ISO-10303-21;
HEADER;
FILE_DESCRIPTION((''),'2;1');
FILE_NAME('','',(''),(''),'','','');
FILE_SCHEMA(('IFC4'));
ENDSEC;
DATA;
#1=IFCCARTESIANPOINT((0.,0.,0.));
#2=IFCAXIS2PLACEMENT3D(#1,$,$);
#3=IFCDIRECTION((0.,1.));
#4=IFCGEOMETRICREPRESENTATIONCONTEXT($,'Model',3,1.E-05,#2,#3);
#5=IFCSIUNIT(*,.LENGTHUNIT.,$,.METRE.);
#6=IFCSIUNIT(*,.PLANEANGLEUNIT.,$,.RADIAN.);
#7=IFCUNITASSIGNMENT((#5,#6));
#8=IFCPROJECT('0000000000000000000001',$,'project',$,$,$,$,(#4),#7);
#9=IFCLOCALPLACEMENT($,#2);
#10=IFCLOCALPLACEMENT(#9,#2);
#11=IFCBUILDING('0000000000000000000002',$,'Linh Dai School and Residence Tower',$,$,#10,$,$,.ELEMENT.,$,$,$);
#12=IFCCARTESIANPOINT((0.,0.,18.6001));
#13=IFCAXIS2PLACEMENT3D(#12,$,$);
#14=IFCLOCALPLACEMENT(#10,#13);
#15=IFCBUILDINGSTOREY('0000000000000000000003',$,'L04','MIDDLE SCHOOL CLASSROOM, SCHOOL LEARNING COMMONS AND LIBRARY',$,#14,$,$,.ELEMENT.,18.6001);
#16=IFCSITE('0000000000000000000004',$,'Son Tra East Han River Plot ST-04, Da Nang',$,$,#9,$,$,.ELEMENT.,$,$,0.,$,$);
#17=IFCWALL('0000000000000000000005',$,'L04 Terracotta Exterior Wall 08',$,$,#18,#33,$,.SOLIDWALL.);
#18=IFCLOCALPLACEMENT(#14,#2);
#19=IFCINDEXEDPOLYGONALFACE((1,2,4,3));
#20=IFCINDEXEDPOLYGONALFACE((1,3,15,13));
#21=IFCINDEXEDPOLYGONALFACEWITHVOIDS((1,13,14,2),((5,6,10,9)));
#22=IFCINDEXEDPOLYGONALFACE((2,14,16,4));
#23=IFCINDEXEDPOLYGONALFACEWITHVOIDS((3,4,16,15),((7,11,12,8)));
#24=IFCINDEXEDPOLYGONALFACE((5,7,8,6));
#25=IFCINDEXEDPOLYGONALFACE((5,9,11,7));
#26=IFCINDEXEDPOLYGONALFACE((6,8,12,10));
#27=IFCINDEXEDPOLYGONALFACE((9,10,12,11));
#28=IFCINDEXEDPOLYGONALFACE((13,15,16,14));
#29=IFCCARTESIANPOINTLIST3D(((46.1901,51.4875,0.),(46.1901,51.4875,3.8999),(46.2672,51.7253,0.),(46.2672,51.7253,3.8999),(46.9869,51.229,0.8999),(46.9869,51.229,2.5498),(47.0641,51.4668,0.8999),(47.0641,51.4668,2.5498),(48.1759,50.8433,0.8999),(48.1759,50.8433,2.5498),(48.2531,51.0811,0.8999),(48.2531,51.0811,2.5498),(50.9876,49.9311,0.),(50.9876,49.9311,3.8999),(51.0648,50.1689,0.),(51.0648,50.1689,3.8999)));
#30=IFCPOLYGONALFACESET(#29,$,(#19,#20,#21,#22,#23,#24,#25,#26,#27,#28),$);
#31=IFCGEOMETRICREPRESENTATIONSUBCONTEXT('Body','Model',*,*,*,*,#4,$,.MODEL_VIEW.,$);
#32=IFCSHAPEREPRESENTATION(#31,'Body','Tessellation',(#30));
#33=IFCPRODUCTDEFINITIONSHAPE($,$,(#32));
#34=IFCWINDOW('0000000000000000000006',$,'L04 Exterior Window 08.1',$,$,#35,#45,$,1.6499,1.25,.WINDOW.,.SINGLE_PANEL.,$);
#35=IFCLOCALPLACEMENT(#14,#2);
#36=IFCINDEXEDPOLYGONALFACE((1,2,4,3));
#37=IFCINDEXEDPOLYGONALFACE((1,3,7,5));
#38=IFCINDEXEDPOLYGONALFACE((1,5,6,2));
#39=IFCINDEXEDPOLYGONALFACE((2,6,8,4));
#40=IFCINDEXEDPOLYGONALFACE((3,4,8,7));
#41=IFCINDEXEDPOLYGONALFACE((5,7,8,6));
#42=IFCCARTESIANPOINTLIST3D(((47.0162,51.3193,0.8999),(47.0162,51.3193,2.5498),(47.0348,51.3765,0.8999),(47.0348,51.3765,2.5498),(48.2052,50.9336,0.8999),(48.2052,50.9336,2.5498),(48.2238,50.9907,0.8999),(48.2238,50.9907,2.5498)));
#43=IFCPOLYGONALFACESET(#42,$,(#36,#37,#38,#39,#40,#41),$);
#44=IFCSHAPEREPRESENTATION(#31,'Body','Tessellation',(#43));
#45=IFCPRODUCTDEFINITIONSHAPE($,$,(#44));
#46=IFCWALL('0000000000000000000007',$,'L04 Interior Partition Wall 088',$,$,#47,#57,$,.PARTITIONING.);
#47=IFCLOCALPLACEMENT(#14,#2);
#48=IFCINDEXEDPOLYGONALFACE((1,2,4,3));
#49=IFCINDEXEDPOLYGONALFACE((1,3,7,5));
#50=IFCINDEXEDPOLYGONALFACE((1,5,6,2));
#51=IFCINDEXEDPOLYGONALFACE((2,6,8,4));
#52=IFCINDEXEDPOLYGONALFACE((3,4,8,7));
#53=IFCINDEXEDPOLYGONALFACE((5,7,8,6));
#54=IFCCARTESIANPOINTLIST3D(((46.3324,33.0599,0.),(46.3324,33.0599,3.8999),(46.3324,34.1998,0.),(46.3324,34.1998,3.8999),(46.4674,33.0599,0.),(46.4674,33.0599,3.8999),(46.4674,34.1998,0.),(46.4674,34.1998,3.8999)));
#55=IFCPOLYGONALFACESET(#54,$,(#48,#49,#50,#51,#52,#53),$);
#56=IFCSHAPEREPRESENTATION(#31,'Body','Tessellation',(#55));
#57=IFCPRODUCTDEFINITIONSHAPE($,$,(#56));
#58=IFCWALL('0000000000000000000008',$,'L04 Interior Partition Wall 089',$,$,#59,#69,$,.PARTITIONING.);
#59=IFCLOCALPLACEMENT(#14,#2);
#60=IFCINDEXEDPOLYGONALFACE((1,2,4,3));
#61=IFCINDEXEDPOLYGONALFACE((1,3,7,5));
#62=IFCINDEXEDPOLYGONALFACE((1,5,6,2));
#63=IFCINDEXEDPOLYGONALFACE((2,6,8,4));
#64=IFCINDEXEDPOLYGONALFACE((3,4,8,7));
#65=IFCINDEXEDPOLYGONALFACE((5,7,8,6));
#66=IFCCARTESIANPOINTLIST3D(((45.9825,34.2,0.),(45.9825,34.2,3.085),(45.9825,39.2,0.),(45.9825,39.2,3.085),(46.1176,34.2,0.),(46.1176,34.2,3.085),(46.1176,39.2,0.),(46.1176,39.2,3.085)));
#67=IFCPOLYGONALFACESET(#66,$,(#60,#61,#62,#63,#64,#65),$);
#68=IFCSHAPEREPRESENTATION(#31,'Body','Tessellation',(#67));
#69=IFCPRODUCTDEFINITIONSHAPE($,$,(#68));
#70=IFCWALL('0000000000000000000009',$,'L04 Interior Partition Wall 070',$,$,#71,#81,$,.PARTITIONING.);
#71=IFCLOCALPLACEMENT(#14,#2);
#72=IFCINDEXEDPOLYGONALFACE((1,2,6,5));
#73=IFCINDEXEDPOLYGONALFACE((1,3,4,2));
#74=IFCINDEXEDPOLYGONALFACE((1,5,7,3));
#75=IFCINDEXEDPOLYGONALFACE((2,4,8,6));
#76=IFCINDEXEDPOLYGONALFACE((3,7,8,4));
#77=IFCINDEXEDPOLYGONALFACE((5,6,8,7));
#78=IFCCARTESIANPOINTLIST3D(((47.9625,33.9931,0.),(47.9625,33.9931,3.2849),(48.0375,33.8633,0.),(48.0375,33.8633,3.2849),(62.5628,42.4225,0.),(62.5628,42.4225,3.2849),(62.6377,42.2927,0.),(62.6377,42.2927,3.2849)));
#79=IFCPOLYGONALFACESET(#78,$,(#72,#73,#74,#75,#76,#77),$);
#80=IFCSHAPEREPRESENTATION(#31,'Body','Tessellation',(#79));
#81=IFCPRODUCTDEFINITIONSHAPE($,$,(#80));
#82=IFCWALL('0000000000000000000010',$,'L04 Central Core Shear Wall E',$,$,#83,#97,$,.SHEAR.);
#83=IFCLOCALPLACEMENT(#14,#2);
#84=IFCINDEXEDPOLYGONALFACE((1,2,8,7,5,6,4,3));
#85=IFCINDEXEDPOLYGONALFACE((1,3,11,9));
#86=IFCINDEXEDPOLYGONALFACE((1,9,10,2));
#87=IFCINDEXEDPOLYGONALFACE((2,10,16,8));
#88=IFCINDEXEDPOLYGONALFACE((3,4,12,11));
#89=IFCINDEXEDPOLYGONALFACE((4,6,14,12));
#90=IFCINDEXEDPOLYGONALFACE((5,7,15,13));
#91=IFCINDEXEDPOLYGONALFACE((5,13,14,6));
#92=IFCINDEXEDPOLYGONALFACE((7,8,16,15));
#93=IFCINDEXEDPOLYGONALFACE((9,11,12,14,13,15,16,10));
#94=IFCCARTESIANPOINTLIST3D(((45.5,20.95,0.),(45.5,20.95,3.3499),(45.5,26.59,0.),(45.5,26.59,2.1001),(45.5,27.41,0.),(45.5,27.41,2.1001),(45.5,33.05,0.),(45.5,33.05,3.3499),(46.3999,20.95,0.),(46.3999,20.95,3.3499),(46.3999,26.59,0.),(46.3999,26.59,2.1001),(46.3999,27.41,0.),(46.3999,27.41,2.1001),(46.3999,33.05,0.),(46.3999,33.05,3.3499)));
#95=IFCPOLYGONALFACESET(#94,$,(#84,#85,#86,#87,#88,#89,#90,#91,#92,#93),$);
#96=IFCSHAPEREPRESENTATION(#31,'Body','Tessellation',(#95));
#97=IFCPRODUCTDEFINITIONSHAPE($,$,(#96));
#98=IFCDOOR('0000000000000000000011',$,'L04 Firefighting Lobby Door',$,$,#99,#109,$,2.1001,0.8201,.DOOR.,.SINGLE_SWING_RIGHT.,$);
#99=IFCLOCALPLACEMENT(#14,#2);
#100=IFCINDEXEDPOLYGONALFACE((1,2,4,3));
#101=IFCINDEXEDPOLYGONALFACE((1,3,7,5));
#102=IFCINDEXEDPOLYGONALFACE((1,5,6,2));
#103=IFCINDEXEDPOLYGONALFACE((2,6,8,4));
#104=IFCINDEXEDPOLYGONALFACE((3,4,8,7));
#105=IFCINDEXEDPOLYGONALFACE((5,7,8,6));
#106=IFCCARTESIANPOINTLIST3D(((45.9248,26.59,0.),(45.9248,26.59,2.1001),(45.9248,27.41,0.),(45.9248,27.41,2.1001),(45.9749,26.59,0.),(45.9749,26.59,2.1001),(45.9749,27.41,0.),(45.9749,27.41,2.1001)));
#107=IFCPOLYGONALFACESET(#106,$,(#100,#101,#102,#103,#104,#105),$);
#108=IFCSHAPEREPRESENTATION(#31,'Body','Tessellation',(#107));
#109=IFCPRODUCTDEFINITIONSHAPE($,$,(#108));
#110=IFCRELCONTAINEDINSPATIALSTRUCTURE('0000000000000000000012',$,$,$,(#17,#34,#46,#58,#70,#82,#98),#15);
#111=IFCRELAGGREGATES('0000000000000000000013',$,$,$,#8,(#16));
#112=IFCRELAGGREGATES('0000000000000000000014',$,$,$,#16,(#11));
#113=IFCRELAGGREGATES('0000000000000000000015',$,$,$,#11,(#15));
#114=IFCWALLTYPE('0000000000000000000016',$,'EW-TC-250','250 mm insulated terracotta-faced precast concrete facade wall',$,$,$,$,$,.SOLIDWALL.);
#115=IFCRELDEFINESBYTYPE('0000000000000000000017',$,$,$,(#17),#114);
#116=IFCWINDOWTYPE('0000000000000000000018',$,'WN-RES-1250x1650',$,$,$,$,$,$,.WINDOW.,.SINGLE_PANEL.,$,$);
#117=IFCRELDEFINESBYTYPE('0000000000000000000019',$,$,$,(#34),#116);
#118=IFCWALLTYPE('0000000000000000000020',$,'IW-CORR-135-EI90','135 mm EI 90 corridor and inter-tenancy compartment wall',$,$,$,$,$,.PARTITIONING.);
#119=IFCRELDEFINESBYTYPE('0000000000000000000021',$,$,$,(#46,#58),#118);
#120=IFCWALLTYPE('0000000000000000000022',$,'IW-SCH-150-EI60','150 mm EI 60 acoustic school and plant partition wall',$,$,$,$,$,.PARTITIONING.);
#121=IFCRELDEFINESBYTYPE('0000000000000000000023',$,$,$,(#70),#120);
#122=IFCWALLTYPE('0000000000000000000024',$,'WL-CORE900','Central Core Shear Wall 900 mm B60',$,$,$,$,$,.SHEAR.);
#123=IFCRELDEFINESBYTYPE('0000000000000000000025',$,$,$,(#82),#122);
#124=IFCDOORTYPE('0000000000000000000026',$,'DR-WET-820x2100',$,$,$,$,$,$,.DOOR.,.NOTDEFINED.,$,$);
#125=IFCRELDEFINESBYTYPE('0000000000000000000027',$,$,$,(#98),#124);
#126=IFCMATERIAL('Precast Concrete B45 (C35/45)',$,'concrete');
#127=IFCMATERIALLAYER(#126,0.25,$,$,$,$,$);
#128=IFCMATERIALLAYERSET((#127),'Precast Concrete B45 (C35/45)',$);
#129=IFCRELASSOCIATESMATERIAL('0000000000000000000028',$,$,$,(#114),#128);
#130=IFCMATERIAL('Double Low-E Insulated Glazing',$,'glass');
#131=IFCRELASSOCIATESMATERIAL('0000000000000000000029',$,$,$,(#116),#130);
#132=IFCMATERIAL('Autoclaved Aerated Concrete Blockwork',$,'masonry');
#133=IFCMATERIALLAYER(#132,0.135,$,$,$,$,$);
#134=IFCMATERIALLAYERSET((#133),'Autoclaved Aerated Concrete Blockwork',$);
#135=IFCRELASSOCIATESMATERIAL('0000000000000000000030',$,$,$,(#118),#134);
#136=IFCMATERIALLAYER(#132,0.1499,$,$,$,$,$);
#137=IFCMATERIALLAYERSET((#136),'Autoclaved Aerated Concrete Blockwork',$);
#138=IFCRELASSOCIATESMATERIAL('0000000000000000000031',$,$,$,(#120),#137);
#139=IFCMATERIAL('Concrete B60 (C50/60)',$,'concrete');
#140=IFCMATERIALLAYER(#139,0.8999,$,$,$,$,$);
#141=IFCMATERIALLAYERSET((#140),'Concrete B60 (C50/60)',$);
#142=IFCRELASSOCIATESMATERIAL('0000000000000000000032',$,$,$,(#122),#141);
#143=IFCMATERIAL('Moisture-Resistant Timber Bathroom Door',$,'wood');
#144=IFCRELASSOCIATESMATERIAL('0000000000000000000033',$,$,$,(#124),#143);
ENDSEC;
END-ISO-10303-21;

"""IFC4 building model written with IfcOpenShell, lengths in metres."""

from ifc_helpers import new_model, si_unit, direction, frame, frame_2d, origin, origin_2d, place, context, subcontext, project, spatial, rectangle, extrude, source, transform, mapped, material, layer, layer_set, type_object, element, fill, save


model = new_model("IFC4")

# Units and contexts
model_context = context("Model", 3, precision=1e-05, world=origin(), true_north=direction((0.0, 1.0)))
body_context = subcontext(model_context, "Body", "Model", "MODEL_VIEW")
ifc_project = project(units=[si_unit("LENGTHUNIT", "METRE"), si_unit("PLANEANGLEUNIT", "RADIAN")], contexts=[model_context])

# Site, building, storey
site_placement = place(None, origin())
site = spatial("IfcSite", under=ifc_project, at=site_placement, Name="Son Tra East Han River Plot ST-04, Da Nang", CompositionType="ELEMENT", RefElevation=0.0)
building_placement = place(site_placement, origin())
building = spatial("IfcBuilding", under=site, at=building_placement, Name="Linh Dai School and Residence Tower", CompositionType="ELEMENT")
storey_placement = place(building_placement, frame((0.0, 0.0, 18.6001)))
storey = spatial("IfcBuildingStorey", under=building, at=storey_placement, Name="L04", Description="MIDDLE SCHOOL CLASSROOM, SCHOOL LEARNING COMMONS AND LIBRARY", CompositionType="ELEMENT", Elevation=18.6001)

# Shared definitions
ifc_material_1 = material(Name="Concrete B60 (C50/60)", Category="concrete")

# Shared definitions
ifc_material_2 = material(Name="Double Low-E Insulated Glazing", Category="glass")

# Shared definitions
ifc_material_3 = material(Name="Precast Concrete B45 (C35/45)", Category="concrete")
ifc_layer_1 = layer(ifc_material_3, 0.25)
ifc_layer_set_1 = layer_set([ifc_layer_1], Name="Precast Concrete B45 (C35/45)")
wall_type_1 = type_object("IfcWallType", Name="EW-TC-250", Description="250 mm insulated terracotta-faced precast concrete facade wall", PredefinedType="SOLIDWALL", material=ifc_layer_set_1)

# Wall, opening, window
wall_1_placement = place(storey_placement, frame((46.2285, 51.6064, 0.0), z_axis=(0.0, 0.0, 1.0), x_axis=(0.951199, -0.308579, 0.0)))
wall_1 = element("IfcWall", 1, at=wall_1_placement, inside=storey, type_object=wall_type_1, Name="L04 Terracotta Exterior Wall 08", PredefinedType="SOLIDWALL", context=body_context, shape_type="SweptSolid", body=[
    extrude(rectangle(XDim=5.0437, YDim=0.25, at=frame_2d((2.522, 0.0))), origin(), (0.0, 0.0, 1.0), 3.8999),
])
opening_1_placement = place(wall_1_placement, frame((0.8379, 0.0, 0.8999)))
opening_1 = element("IfcOpeningElement", 2, at=opening_1_placement, cuts=wall_1, PredefinedType="OPENING", context=body_context, shape_type="SweptSolid", body=[
    extrude(rectangle(XDim=1.25, YDim=1.6499, at=origin_2d()), frame((0.625, 0.135, 0.825), z_axis=(0.0, -1.0, 0.0), x_axis=(1.0, 0.0, 0.0)), (0.0, 0.0, 1.0), 0.27),
])
window_type_1 = type_object("IfcWindowType", Name="WN-RES-1250x1650", PartitioningType="SINGLE_PANEL", PredefinedType="WINDOW", material=ifc_material_2)
shared_shape_1 = source(origin(), body_context, "Body", "SweptSolid", [
    extrude(rectangle(XDim=1.25, YDim=1.6499, at=origin_2d()), frame((0.625, 0.03, 0.825), z_axis=(0.0, -1.0, 0.0), x_axis=(1.0, 0.0, 0.0)), (0.0, 0.0, 1.0), 0.0601),
])
window_1_placement = place(opening_1_placement, origin())
window_1 = element("IfcWindow", 3, at=window_1_placement, inside=storey, type_object=window_type_1, Name="L04 Exterior Window 08.1", OverallHeight=1.6499, OverallWidth=1.25, PartitioningType="SINGLE_PANEL", PredefinedType="WINDOW", context=body_context, shape_type="MappedRepresentation", body=[
    mapped(shared_shape_1, transform((0.0, 0.0, 0.0), x_axis=(1.0, 0.0, 0.0), y_axis=(0.0, 1.0, 0.0), z_axis=(0.0, 0.0, 1.0), scale=1.0)),
])
fill(opening_1, window_1)

# Walls
ifc_material_4 = material(Name="Autoclaved Aerated Concrete Blockwork", Category="masonry")
ifc_layer_2 = layer(ifc_material_4, 0.135)
ifc_layer_set_2 = layer_set([ifc_layer_2], Name="Autoclaved Aerated Concrete Blockwork")
wall_type_2 = type_object("IfcWallType", Name="IW-CORR-135-EI90", Description="135 mm EI 90 corridor and inter-tenancy compartment wall", PredefinedType="PARTITIONING", material=ifc_layer_set_2)
wall_2_placement = place(storey_placement, frame((46.3999, 33.0601, 0.0), z_axis=(0.0, 0.0, 1.0), x_axis=(0.0, 1.0, 0.0)))
element("IfcWall", 4, at=wall_2_placement, inside=storey, type_object=wall_type_2, Name="L04 Interior Partition Wall 088", PredefinedType="PARTITIONING", context=body_context, shape_type="SweptSolid", body=[
    extrude(rectangle(XDim=1.1399, YDim=0.135, at=frame_2d((0.5698, 0.0))), origin(), (0.0, 0.0, 1.0), 3.8999),
])
wall_3_placement = place(storey_placement, frame((46.05, 34.2, 0.0), z_axis=(0.0, 0.0, 1.0), x_axis=(0.0, 1.0, 0.0)))
element("IfcWall", 5, at=wall_3_placement, inside=storey, type_object=wall_type_2, Name="L04 Interior Partition Wall 089", PredefinedType="PARTITIONING", context=body_context, shape_type="SweptSolid", body=[
    extrude(rectangle(XDim=5.0, YDim=0.135, at=frame_2d((2.5, 0.0))), origin(), (0.0, 0.0, 1.0), 3.085),
])
ifc_layer_3 = layer(ifc_material_4, 0.1499)
ifc_layer_set_3 = layer_set([ifc_layer_3], Name="Autoclaved Aerated Concrete Blockwork")
wall_type_3 = type_object("IfcWallType", Name="IW-SCH-150-EI60", Description="150 mm EI 60 acoustic school and plant partition wall", PredefinedType="PARTITIONING", material=ifc_layer_set_3)
wall_4_placement = place(storey_placement, frame((48.0, 33.9282, 0.0), z_axis=(0.0, 0.0, 1.0), x_axis=(0.866027, 0.499997, 0.0)))
element("IfcWall", 6, at=wall_4_placement, inside=storey, type_object=wall_type_3, Name="L04 Interior Partition Wall 070", PredefinedType="PARTITIONING", context=body_context, shape_type="SweptSolid", body=[
    extrude(rectangle(XDim=16.8589, YDim=0.1499, at=frame_2d((8.4294, 0.0))), origin(), (0.0, 0.0, 1.0), 3.2849),
])

# Wall, opening, door
ifc_layer_4 = layer(ifc_material_1, 0.8999)
ifc_layer_set_4 = layer_set([ifc_layer_4], Name="Concrete B60 (C50/60)")
wall_type_4 = type_object("IfcWallType", Name="WL-CORE900", Description="Central Core Shear Wall 900 mm B60", PredefinedType="SHEAR", material=ifc_layer_set_4)
wall_5_placement = place(storey_placement, frame((45.95, 33.05, 0.0), z_axis=(0.0, 0.0, 1.0), x_axis=(0.0, -1.0, 0.0)))
wall_5 = element("IfcWall", 7, at=wall_5_placement, inside=storey, type_object=wall_type_4, Name="L04 Central Core Shear Wall E", PredefinedType="SHEAR", context=body_context, shape_type="SweptSolid", body=[
    extrude(rectangle(XDim=12.1001, YDim=0.8999, at=frame_2d((6.05, 0.0))), origin(), (0.0, 0.0, 1.0), 3.3499),
])
opening_2_placement = place(wall_5_placement, frame((5.6399, 0.0, 0.0)))
opening_2 = element("IfcOpeningElement", 8, at=opening_2_placement, cuts=wall_5, PredefinedType="OPENING", context=body_context, shape_type="SweptSolid", body=[
    extrude(rectangle(XDim=0.8201, YDim=2.1001, at=origin_2d()), frame((0.4102, 0.46, 1.05), z_axis=(0.0, -1.0, 0.0), x_axis=(1.0, 0.0, 0.0)), (0.0, 0.0, 1.0), 0.9199),
])
ifc_material_5 = material(Name="Moisture-Resistant Timber Bathroom Door", Category="wood")
door_type = type_object("IfcDoorType", Name="DR-WET-820x2100", OperationType="NOTDEFINED", PredefinedType="DOOR", material=ifc_material_5)
shared_shape_2 = source(origin(), body_context, "Body", "SweptSolid", [
    extrude(rectangle(XDim=0.8201, YDim=2.1001, at=origin_2d()), frame((0.4102, 0.0249, 1.05), z_axis=(0.0, -1.0, 0.0), x_axis=(1.0, 0.0, 0.0)), (0.0, 0.0, 1.0), 0.05),
])
door_placement = place(opening_2_placement, origin())
door = element("IfcDoor", 9, at=door_placement, inside=storey, type_object=door_type, Name="L04 Firefighting Lobby Door", OperationType="SINGLE_SWING_RIGHT", OverallHeight=2.1001, OverallWidth=0.8201, PredefinedType="DOOR", context=body_context, shape_type="MappedRepresentation", body=[
    mapped(shared_shape_2, transform((0.0, 0.0, 0.0), x_axis=(1.0, 0.0, 0.0), y_axis=(0.0, 1.0, 0.0), z_axis=(0.0, 0.0, 1.0), scale=1.0)),
])
fill(opening_2, door)

save(model, "model.ifc")
